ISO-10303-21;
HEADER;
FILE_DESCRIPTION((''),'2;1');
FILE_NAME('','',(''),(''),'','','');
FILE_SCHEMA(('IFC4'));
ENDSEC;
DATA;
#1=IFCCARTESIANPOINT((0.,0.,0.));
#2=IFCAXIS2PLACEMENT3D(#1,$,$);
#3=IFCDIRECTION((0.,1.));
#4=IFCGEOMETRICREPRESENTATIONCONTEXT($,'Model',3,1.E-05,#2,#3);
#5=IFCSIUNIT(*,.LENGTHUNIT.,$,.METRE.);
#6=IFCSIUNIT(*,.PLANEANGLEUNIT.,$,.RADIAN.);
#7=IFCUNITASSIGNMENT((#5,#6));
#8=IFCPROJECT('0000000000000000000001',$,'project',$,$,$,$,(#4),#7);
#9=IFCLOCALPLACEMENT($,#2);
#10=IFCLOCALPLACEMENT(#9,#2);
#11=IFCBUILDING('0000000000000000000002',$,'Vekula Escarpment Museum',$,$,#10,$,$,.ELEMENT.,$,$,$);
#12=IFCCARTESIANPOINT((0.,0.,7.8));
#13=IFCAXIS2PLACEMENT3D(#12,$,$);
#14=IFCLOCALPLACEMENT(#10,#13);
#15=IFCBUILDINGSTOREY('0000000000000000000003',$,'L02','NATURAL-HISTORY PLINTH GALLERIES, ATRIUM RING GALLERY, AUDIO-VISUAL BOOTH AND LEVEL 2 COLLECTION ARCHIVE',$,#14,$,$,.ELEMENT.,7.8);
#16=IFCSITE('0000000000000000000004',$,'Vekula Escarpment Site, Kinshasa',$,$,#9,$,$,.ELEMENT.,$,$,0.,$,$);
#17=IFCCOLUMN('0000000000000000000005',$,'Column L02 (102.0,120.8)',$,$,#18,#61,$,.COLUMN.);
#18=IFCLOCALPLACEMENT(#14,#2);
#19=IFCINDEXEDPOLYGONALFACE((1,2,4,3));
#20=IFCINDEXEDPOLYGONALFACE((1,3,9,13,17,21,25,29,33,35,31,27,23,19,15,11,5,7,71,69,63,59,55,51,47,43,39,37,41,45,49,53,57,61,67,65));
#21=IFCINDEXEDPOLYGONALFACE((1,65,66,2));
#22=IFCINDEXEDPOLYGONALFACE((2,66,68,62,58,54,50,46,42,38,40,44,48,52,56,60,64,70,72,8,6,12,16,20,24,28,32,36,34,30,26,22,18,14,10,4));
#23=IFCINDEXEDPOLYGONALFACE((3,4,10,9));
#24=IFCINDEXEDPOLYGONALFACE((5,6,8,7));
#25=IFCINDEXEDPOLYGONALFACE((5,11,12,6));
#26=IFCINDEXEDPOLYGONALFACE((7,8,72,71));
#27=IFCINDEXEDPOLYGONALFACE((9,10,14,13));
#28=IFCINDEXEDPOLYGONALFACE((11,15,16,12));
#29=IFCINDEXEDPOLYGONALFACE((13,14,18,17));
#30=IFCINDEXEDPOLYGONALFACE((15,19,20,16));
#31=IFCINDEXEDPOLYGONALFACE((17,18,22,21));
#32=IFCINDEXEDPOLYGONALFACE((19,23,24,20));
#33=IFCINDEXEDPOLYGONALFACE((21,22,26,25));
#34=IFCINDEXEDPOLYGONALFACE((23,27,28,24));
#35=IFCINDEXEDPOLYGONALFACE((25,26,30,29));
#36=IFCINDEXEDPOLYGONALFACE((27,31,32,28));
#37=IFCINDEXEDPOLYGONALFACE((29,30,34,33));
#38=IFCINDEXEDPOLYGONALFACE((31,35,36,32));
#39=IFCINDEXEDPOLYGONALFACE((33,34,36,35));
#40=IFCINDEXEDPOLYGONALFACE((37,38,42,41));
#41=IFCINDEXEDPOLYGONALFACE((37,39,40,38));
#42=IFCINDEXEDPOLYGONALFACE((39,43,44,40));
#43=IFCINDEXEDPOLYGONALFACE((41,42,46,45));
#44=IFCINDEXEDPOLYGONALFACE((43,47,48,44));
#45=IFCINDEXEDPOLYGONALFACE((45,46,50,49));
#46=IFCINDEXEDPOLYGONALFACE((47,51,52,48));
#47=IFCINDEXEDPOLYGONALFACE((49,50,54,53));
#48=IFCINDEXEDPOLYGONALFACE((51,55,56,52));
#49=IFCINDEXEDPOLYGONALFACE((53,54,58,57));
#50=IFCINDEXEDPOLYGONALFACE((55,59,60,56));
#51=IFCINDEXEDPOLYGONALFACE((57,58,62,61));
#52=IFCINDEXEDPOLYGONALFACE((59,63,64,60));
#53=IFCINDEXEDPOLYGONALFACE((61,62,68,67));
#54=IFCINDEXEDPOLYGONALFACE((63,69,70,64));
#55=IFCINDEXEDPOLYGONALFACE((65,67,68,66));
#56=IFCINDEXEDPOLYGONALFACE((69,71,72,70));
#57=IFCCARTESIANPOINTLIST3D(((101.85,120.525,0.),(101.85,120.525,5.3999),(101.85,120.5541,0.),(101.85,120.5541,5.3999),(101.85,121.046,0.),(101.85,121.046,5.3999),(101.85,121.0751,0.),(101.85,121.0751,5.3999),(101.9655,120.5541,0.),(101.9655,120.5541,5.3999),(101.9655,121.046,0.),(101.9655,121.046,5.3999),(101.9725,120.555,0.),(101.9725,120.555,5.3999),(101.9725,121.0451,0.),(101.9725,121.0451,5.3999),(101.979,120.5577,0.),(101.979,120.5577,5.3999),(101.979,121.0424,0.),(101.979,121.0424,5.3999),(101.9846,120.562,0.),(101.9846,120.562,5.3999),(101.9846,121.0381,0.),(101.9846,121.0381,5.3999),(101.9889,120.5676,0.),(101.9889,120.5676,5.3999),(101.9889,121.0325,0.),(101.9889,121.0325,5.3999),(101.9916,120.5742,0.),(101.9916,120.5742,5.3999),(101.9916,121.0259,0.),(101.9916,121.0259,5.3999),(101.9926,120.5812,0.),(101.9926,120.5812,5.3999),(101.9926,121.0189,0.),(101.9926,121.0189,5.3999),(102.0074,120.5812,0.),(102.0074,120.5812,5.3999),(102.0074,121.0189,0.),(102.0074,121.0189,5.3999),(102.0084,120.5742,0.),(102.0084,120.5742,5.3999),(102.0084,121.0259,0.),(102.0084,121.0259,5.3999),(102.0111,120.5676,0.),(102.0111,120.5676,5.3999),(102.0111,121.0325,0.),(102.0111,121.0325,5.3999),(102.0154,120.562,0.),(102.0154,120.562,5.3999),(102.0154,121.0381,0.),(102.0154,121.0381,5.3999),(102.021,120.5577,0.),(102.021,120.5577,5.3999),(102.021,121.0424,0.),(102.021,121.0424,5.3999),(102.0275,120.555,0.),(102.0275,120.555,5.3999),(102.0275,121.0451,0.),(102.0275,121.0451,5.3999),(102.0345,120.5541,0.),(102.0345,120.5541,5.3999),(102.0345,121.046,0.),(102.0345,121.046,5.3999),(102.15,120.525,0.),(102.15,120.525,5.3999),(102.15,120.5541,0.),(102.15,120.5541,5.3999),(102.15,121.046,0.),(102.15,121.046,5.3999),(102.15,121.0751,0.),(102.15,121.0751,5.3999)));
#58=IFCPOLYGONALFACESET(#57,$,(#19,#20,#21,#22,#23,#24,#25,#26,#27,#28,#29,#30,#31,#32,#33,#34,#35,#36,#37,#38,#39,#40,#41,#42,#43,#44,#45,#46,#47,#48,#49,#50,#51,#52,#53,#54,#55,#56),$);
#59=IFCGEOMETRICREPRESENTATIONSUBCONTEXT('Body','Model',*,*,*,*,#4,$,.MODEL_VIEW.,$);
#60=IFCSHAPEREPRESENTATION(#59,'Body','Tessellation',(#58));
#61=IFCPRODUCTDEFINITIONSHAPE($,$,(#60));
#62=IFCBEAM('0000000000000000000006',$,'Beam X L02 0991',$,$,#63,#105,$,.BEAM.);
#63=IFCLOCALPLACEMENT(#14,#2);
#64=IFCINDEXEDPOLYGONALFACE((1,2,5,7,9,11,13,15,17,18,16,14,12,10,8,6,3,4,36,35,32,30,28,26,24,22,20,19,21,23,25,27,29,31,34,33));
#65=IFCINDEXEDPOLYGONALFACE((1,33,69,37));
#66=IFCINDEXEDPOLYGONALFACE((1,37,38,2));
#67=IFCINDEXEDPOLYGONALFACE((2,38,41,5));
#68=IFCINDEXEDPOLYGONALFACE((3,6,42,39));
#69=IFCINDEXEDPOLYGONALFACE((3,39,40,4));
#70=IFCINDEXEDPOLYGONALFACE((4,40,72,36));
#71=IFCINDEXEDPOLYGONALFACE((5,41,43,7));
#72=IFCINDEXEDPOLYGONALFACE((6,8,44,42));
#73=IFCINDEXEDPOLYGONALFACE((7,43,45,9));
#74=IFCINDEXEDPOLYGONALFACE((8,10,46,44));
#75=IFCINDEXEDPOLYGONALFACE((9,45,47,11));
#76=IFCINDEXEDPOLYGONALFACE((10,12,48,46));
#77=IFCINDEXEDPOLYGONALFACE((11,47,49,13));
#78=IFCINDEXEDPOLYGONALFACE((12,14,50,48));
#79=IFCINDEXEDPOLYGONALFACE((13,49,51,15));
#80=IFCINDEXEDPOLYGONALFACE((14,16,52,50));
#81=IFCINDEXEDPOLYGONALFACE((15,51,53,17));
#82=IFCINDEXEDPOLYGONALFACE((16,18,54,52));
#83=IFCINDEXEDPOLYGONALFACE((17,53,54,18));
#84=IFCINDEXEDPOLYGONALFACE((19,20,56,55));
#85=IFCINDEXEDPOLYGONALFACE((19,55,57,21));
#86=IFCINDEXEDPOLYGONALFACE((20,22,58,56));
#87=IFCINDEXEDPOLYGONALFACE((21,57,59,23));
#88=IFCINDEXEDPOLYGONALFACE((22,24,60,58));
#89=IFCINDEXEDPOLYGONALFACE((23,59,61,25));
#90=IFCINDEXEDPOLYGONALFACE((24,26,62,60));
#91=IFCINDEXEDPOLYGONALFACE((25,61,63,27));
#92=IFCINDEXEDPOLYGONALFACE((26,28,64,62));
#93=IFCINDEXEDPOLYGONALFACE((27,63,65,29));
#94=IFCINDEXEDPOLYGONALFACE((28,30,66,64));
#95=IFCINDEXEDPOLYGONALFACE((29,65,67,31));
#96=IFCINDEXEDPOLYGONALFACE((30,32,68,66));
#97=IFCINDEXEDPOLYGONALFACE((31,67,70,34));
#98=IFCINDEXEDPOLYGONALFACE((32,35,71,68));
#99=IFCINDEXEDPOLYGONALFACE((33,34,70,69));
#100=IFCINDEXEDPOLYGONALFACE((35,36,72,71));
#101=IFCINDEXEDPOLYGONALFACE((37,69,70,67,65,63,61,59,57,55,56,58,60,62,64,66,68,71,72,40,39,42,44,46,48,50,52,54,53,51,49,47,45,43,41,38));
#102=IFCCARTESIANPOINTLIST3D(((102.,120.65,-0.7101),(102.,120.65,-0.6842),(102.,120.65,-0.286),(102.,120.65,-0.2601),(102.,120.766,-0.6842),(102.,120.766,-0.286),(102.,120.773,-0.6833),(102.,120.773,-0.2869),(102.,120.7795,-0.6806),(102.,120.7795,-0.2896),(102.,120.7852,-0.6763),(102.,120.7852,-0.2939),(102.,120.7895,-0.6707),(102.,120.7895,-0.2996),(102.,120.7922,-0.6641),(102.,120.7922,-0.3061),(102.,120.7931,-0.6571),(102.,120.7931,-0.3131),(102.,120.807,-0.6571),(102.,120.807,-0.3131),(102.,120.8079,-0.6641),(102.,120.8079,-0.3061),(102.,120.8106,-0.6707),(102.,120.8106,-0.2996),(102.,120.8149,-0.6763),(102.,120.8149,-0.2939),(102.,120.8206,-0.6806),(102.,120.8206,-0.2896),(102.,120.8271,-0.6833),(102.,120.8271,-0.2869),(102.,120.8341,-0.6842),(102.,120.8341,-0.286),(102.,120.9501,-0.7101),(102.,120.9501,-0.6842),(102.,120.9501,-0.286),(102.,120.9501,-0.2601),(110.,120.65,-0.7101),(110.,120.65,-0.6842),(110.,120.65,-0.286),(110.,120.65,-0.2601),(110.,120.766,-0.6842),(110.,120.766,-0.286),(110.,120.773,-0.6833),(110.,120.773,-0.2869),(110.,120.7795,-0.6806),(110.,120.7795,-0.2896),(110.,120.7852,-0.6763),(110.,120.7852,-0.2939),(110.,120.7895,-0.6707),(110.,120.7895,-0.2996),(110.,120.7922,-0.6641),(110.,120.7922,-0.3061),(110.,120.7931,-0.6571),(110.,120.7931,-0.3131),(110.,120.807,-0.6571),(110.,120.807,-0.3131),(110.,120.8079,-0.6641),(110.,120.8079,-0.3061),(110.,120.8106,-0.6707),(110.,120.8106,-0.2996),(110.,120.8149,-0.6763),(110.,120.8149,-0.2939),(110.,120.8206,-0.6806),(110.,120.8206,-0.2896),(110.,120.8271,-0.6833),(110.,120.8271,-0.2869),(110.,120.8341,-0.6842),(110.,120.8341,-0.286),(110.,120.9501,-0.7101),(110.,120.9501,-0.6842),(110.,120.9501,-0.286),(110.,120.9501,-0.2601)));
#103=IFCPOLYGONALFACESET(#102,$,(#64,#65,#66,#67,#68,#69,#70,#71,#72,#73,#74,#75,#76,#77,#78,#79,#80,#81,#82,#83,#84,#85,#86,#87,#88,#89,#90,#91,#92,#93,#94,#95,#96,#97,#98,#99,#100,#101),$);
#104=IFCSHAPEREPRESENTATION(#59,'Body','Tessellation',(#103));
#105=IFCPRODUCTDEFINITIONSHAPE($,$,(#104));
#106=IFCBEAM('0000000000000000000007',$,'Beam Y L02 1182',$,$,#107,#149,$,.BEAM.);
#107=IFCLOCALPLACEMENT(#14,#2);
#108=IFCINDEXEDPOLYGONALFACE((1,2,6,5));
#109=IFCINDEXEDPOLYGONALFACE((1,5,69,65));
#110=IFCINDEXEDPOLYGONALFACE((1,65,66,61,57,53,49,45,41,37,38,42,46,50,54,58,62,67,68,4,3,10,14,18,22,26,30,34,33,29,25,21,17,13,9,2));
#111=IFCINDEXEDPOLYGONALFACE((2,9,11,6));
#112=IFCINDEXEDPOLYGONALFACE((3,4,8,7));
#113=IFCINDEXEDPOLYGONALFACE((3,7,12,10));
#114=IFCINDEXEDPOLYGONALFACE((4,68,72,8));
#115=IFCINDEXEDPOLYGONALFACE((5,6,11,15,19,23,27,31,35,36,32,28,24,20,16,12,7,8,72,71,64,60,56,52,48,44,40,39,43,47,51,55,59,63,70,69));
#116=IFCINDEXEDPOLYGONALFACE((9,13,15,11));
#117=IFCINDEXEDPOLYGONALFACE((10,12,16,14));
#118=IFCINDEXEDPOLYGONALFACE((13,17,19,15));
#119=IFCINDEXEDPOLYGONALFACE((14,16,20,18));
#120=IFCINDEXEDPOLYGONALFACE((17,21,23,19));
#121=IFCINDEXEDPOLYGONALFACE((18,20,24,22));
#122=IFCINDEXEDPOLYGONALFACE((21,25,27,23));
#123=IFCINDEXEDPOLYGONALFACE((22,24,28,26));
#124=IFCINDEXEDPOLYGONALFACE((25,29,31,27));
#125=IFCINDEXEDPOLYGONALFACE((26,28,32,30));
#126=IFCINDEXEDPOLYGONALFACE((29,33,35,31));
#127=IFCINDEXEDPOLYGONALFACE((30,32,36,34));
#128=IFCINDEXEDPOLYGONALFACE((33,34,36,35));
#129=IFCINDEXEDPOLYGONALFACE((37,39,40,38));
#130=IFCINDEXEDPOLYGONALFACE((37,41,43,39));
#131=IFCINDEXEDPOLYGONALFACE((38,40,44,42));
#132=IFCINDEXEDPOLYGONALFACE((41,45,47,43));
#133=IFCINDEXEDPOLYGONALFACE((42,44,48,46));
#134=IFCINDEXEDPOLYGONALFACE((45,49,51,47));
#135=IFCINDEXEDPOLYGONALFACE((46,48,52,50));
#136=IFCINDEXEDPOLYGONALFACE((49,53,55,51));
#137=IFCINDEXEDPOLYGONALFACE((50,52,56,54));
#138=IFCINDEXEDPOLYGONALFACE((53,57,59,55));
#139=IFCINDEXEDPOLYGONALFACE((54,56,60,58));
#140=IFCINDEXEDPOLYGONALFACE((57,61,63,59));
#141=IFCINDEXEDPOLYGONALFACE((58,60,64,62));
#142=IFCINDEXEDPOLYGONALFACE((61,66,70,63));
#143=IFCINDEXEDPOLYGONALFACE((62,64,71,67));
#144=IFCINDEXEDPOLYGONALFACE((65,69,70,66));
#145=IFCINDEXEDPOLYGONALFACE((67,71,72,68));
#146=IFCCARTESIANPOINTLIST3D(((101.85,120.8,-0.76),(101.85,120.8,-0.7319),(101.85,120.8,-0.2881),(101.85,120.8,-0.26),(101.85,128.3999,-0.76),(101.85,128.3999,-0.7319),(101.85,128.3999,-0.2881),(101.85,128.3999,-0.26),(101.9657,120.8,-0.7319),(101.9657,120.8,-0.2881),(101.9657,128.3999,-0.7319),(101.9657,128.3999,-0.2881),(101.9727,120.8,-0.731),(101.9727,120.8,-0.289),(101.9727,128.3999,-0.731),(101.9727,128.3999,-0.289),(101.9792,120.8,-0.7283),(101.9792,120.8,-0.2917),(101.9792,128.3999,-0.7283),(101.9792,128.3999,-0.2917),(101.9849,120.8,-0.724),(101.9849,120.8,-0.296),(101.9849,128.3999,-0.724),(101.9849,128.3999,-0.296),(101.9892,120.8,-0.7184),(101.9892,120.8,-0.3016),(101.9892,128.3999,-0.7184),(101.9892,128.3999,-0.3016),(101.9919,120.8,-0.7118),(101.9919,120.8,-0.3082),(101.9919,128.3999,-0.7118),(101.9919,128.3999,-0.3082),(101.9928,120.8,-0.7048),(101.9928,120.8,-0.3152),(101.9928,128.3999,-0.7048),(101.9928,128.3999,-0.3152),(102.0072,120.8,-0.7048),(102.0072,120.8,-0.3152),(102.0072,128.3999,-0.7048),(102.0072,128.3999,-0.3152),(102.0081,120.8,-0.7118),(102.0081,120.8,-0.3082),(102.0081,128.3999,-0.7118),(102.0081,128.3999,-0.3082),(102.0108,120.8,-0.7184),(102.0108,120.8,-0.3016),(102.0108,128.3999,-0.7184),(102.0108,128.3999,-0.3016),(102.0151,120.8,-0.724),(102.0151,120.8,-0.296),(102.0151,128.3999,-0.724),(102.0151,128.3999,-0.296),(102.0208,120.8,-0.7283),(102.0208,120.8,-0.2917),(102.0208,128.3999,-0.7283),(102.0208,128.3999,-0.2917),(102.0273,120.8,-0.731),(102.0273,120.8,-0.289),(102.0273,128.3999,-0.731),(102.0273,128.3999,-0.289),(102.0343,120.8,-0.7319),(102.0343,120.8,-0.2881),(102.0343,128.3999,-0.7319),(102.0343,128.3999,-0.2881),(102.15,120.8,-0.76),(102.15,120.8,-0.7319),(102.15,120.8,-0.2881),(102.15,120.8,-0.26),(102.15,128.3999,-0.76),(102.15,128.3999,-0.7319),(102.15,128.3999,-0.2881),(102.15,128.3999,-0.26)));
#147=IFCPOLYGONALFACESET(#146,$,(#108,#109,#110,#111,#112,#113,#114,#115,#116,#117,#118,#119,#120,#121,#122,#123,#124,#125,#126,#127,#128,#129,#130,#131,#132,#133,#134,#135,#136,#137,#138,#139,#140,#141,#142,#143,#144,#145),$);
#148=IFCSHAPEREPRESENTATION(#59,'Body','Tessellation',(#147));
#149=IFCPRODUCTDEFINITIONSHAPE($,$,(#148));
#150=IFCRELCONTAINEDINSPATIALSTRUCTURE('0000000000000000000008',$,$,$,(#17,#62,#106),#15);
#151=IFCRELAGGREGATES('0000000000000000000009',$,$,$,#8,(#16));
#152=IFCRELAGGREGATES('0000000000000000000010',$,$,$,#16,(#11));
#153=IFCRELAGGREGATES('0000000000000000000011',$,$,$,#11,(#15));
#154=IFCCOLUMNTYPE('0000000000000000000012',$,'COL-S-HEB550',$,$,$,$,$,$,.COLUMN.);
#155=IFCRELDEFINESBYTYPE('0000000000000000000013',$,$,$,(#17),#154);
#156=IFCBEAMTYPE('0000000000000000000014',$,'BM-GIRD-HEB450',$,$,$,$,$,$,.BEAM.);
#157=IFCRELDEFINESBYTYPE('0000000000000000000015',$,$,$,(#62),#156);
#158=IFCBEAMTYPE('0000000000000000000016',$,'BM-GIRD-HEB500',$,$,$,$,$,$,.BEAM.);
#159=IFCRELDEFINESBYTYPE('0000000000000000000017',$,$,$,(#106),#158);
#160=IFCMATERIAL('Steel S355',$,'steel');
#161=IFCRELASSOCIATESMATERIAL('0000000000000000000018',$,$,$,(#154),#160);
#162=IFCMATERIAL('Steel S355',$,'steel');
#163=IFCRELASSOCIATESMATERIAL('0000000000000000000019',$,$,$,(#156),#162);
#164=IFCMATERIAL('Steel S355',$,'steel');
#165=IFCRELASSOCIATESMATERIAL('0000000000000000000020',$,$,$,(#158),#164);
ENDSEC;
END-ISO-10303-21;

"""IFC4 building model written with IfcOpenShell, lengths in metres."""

from ifc_helpers import new_model, si_unit, direction, frame, origin, origin_2d, place, context, subcontext, project, spatial, i_section, extrude, material, material_profile, profile_set, type_object, element, save


model = new_model("IFC4")

# Units and contexts
model_context = context("Model", 3, precision=1e-05, world=origin(), true_north=direction((0.0, 1.0)))
body_context = subcontext(model_context, "Body", "Model", "MODEL_VIEW")
ifc_project = project(units=[si_unit("LENGTHUNIT", "METRE"), si_unit("PLANEANGLEUNIT", "RADIAN")], contexts=[model_context])

# Site, building, storey
site_placement = place(None, origin())
site = spatial("IfcSite", under=ifc_project, at=site_placement, Name="Vekula Escarpment Site, Kinshasa", CompositionType="ELEMENT", RefElevation=0.0)
building_placement = place(site_placement, origin())
building = spatial("IfcBuilding", under=site, at=building_placement, Name="Vekula Escarpment Museum", CompositionType="ELEMENT")
storey_placement = place(building_placement, frame((0.0, 0.0, 7.8)))
storey = spatial("IfcBuildingStorey", under=building, at=storey_placement, Name="L02", Description="NATURAL-HISTORY PLINTH GALLERIES, ATRIUM RING GALLERY, AUDIO-VISUAL BOOTH AND LEVEL 2 COLLECTION ARCHIVE", CompositionType="ELEMENT", Elevation=7.8)

# Column
ifc_material_1 = material(Name="Steel S355", Category="steel")
ifc_material_profile_1 = material_profile(ifc_material_1, i_section(OverallWidth=0.3, OverallDepth=0.55, WebThickness=0.0149, FlangeThickness=0.0291, FilletRadius=0.0271, at=origin_2d()), Name="HEB 550")
ifc_profile_set_1 = profile_set([ifc_material_profile_1], Name="Steel S355")
column_type = type_object("IfcColumnType", Name="COL-S-HEB550", PredefinedType="COLUMN", material=ifc_profile_set_1)
column_placement = place(storey_placement, frame((102.0, 120.8, 0.0), z_axis=(0.0, 0.0, 1.0), x_axis=(1.0, 0.0, 0.0)))
element("IfcColumn", 1, at=column_placement, inside=storey, type_object=column_type, Name="Column L02 (102.0,120.8)", PredefinedType="COLUMN", context=body_context, shape_type="SweptSolid", body=[
    extrude(i_section(OverallWidth=0.3, OverallDepth=0.55, WebThickness=0.0149, FlangeThickness=0.0291, FilletRadius=0.0271, at=origin_2d()), origin(), (0.0, 0.0, 1.0), 5.3999),
])

# Beams
ifc_material_2 = material(Name="Steel S355", Category="steel")
ifc_material_profile_2 = material_profile(ifc_material_2, i_section(OverallWidth=0.3, OverallDepth=0.45, WebThickness=0.0139, FlangeThickness=0.0259, FilletRadius=0.0271, at=origin_2d()), Name="HEB 450")
ifc_profile_set_2 = profile_set([ifc_material_profile_2], Name="Steel S355")
beam_type_1 = type_object("IfcBeamType", Name="BM-GIRD-HEB450", PredefinedType="BEAM", material=ifc_profile_set_2)
beam_1_placement = place(storey_placement, frame((102.0, 120.8, -0.4851), z_axis=(1.0, 0.0, 0.0), x_axis=(0.0, 1.0, 0.0)))
element("IfcBeam", 2, at=beam_1_placement, inside=storey, type_object=beam_type_1, Name="Beam X L02 0991", PredefinedType="BEAM", context=body_context, shape_type="SweptSolid", body=[
    extrude(i_section(OverallWidth=0.3, OverallDepth=0.45, WebThickness=0.0139, FlangeThickness=0.0259, FilletRadius=0.0271, at=origin_2d()), origin(), (0.0, 0.0, 1.0), 8.0),
])
ifc_material_3 = material(Name="Steel S355", Category="steel")
ifc_material_profile_3 = material_profile(ifc_material_3, i_section(OverallWidth=0.3, OverallDepth=0.5, WebThickness=0.0144, FlangeThickness=0.0281, FilletRadius=0.0271, at=origin_2d()), Name="HEB 500")
ifc_profile_set_3 = profile_set([ifc_material_profile_3], Name="Steel S355")
beam_type_2 = type_object("IfcBeamType", Name="BM-GIRD-HEB500", PredefinedType="BEAM", material=ifc_profile_set_3)
beam_2_placement = place(storey_placement, frame((102.0, 120.8, -0.51), z_axis=(0.0, 1.0, 0.0), x_axis=(-1.0, 0.0, 0.0)))
element("IfcBeam", 3, at=beam_2_placement, inside=storey, type_object=beam_type_2, Name="Beam Y L02 1182", PredefinedType="BEAM", context=body_context, shape_type="SweptSolid", body=[
    extrude(i_section(OverallWidth=0.3, OverallDepth=0.5, WebThickness=0.0144, FlangeThickness=0.0281, FilletRadius=0.0271, at=origin_2d()), origin(), (0.0, 0.0, 1.0), 7.5999),
])

save(model, "model.ifc")
